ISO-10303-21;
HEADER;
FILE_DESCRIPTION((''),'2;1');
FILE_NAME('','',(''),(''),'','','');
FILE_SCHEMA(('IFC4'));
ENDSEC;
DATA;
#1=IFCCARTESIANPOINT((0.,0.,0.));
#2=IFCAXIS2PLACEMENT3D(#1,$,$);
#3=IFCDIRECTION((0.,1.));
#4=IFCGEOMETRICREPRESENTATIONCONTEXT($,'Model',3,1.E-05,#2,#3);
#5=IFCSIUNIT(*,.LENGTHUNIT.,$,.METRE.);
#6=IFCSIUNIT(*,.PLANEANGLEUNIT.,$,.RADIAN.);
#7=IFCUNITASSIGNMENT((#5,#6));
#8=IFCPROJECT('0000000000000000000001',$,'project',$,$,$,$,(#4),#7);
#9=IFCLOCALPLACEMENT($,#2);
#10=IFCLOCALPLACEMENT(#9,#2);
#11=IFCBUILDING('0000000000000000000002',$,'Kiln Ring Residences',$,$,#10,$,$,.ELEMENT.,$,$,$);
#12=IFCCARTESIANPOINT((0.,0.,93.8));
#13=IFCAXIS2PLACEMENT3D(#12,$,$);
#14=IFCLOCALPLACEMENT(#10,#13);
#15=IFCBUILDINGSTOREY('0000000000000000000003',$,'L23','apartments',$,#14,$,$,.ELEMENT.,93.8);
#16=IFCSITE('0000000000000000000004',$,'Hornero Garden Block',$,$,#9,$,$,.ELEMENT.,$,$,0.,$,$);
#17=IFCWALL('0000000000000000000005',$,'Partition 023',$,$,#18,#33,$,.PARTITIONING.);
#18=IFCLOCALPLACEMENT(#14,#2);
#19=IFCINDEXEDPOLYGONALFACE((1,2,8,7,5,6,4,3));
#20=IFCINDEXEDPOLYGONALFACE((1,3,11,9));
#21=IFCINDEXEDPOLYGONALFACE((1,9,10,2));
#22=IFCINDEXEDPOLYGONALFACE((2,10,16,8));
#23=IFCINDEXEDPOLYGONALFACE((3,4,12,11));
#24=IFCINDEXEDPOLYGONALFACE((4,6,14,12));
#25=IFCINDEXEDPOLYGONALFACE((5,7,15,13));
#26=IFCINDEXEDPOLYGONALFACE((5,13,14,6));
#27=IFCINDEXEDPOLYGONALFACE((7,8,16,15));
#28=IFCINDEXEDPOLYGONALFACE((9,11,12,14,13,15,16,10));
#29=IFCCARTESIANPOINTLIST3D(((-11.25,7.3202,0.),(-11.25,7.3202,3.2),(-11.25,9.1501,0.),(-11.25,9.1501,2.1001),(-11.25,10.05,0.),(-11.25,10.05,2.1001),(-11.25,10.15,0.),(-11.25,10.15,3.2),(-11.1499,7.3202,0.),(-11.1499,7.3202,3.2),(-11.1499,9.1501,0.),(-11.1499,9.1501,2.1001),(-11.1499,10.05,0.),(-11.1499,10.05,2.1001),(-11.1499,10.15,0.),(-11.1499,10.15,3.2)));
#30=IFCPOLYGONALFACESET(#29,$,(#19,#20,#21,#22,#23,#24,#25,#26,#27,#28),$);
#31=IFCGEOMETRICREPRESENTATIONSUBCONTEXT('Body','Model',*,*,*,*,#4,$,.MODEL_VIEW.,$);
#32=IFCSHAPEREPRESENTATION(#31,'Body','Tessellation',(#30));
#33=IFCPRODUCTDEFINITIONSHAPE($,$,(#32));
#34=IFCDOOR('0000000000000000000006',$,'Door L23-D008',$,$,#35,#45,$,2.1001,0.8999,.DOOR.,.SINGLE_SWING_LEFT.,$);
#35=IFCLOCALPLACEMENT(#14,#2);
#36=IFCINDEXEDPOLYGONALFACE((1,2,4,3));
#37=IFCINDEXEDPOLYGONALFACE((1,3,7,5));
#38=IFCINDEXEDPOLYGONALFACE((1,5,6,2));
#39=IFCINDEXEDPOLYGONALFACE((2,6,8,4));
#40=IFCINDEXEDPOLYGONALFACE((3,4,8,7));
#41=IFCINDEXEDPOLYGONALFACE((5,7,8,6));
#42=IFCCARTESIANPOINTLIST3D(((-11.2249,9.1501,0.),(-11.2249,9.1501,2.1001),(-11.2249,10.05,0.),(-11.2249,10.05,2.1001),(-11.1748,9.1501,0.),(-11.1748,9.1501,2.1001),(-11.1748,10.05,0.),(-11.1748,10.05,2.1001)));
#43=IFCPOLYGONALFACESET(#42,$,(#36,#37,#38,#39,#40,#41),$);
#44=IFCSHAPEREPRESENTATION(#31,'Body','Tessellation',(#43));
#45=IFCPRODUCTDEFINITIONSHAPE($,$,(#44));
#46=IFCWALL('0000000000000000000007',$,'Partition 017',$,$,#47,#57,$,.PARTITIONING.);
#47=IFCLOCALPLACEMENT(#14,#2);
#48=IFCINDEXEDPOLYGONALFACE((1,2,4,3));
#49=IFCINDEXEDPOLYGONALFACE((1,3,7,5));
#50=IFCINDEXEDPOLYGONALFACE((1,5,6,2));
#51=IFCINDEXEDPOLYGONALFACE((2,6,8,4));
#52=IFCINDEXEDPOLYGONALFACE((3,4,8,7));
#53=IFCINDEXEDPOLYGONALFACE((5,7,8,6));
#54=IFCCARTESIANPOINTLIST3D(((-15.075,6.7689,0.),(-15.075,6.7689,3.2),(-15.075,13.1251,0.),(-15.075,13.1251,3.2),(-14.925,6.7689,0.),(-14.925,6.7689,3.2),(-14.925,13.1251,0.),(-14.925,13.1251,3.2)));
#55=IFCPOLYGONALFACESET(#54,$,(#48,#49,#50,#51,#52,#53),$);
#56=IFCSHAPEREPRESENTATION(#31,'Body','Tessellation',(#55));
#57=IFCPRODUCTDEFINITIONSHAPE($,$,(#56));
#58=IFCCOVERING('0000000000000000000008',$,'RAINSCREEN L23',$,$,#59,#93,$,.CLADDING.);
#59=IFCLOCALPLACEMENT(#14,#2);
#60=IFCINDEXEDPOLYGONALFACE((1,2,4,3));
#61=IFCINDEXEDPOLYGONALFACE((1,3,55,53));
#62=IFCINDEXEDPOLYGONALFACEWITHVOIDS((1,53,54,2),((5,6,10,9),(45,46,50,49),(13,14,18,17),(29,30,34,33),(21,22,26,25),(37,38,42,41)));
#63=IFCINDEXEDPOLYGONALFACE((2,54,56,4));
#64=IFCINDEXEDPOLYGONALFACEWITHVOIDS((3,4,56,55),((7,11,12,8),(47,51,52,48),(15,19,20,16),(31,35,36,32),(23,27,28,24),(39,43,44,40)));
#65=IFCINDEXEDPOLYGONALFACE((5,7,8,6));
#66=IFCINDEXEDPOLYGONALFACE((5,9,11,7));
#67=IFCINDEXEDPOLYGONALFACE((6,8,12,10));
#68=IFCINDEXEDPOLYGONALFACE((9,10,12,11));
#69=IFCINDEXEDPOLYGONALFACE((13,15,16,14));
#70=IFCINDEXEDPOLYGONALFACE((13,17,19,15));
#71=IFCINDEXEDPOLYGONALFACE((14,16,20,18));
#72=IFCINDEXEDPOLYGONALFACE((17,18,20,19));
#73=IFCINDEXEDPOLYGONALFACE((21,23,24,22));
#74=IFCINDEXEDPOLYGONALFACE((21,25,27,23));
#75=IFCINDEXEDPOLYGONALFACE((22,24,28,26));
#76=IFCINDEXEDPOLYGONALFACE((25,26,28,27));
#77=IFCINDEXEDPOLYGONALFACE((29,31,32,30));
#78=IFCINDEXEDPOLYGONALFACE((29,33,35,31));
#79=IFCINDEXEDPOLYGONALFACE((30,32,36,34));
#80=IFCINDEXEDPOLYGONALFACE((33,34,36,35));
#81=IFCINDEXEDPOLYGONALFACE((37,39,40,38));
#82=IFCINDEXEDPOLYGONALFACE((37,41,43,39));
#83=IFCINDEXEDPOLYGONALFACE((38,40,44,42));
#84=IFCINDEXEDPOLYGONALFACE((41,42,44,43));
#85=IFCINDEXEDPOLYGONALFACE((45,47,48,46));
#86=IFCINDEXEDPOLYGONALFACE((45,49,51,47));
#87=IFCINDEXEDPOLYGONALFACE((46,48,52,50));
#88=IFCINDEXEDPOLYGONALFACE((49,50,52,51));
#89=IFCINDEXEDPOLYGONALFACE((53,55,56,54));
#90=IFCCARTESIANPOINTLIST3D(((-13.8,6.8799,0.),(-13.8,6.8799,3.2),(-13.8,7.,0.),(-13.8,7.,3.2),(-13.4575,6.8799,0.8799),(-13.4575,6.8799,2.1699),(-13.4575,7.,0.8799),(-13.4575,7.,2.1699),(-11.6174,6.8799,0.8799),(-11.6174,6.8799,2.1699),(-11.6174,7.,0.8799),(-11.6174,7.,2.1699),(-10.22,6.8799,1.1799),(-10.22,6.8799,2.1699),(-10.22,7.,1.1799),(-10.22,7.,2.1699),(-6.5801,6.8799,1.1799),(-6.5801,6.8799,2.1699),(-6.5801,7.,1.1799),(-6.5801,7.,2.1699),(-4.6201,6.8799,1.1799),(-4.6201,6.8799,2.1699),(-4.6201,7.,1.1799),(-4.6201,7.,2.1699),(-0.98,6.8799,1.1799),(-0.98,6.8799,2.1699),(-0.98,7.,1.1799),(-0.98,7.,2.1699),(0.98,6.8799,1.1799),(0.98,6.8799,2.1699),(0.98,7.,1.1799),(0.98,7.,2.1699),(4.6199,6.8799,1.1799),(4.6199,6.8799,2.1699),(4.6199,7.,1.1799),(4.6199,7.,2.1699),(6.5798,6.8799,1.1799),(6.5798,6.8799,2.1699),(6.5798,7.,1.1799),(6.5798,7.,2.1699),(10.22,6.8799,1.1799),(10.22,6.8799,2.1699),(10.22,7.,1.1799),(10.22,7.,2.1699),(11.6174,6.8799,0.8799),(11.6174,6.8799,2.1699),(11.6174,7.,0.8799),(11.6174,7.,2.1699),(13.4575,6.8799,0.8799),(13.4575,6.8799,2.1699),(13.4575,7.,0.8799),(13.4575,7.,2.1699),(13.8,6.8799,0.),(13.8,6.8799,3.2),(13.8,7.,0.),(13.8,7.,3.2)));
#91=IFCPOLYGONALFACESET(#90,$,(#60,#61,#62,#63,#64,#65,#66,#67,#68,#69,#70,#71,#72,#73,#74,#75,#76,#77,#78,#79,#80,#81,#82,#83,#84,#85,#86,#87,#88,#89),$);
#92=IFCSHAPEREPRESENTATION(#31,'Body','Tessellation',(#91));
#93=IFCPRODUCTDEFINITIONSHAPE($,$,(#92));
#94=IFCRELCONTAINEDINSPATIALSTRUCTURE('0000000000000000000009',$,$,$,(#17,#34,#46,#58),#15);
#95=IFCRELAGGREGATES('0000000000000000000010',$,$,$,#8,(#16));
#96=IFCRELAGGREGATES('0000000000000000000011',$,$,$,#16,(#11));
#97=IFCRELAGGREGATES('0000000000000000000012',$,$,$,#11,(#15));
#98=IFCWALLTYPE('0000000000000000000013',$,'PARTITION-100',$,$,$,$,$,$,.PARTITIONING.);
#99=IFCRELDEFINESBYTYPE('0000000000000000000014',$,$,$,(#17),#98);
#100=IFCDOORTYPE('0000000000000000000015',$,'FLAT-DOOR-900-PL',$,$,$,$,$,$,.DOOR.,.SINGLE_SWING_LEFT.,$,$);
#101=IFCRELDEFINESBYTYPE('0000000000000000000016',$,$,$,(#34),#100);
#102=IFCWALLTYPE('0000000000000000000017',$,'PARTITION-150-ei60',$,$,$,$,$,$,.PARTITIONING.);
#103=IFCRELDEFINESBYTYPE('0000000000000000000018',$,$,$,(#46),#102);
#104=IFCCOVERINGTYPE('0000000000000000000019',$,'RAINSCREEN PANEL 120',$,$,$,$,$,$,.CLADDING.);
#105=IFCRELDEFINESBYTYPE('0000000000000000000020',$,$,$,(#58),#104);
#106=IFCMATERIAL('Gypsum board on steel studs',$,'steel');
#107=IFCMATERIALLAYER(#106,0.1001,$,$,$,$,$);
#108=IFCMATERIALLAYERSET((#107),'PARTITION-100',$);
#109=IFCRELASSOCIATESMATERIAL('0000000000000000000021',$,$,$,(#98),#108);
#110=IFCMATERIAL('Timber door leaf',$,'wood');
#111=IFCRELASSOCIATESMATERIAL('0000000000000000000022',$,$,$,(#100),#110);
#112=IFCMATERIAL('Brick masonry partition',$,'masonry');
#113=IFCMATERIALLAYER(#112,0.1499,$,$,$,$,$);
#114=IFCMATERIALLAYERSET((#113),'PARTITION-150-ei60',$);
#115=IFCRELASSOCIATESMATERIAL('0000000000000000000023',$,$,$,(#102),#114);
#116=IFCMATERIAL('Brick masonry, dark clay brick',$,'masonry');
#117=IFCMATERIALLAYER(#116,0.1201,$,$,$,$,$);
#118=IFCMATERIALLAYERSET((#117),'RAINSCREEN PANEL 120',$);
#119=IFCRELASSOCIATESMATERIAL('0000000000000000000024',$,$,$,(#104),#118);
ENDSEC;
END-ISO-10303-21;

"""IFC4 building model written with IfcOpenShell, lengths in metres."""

from ifc_helpers import new_model, si_unit, direction, frame, frame_2d, origin, place, context, subcontext, project, spatial, polyline, rectangle, outline, extrude, material, layer, layer_set, type_object, element, fill, save


model = new_model("IFC4")

# Units and contexts
model_context = context("Model", 3, precision=1e-05, world=origin(), true_north=direction((0.0, 1.0)))
body_context = subcontext(model_context, "Body", "Model", "MODEL_VIEW")
ifc_project = project(units=[si_unit("LENGTHUNIT", "METRE"), si_unit("PLANEANGLEUNIT", "RADIAN")], contexts=[model_context])

# Site, building, storey
site_placement = place(None, origin())
site = spatial("IfcSite", under=ifc_project, at=site_placement, Name="Hornero Garden Block", CompositionType="ELEMENT", RefElevation=0.0)
building_placement = place(site_placement, origin())
building = spatial("IfcBuilding", under=site, at=building_placement, Name="Kiln Ring Residences", CompositionType="ELEMENT")
storey_placement = place(building_placement, frame((0.0, 0.0, 93.8)))
storey = spatial("IfcBuildingStorey", under=building, at=storey_placement, Name="L23", Description="apartments", CompositionType="ELEMENT", Elevation=93.8)

# Wall, opening, door
ifc_material_1 = material(Name="Gypsum board on steel studs", Category="steel")
ifc_layer_1 = layer(ifc_material_1, 0.1001)
ifc_layer_set_1 = layer_set([ifc_layer_1], Name="PARTITION-100")
wall_type_1 = type_object("IfcWallType", Name="PARTITION-100", PredefinedType="PARTITIONING", material=ifc_layer_set_1)
wall_1_placement = place(storey_placement, frame((-11.2, 7.3201, 0.0), z_axis=(0.0, 0.0, 1.0), x_axis=(0.0, 1.0, 0.0)))
wall_1 = element("IfcWall", 1, at=wall_1_placement, inside=storey, type_object=wall_type_1, Name="Partition 023", PredefinedType="PARTITIONING", context=body_context, shape_type="SweptSolid", body=[
    extrude(rectangle(XDim=2.8298, YDim=0.1001, at=frame_2d((1.415, 0.0))), origin(), (0.0, 0.0, 1.0), 3.2),
])
opening_1_placement = place(wall_1_placement, frame((1.8301, 0.0, 0.0)))
opening_1 = element("IfcOpeningElement", 2, at=opening_1_placement, cuts=wall_1, PredefinedType="OPENING", context=body_context, shape_type="SweptSolid", body=[
    extrude(rectangle(XDim=0.8999, YDim=2.1001, at=frame_2d((0.45, 1.05))), frame((0.0, 0.0601, 0.0), z_axis=(0.0, -1.0, 0.0), x_axis=(1.0, 0.0, 0.0)), (0.0, 0.0, 1.0), 0.1201),
])
ifc_material_2 = material(Name="Timber door leaf", Category="wood")
door_type = type_object("IfcDoorType", Name="FLAT-DOOR-900-PL", OperationType="SINGLE_SWING_LEFT", PredefinedType="DOOR", material=ifc_material_2)
door_placement = place(opening_1_placement, origin())
door = element("IfcDoor", 3, at=door_placement, inside=storey, type_object=door_type, Name="Door L23-D008", OperationType="SINGLE_SWING_LEFT", OverallHeight=2.1001, OverallWidth=0.8999, PredefinedType="DOOR", context=body_context, shape_type="SweptSolid", body=[
    extrude(rectangle(XDim=0.8999, YDim=2.1001, at=frame_2d((0.45, 1.05))), frame((0.0, 0.0249, 0.0), z_axis=(0.0, -1.0, 0.0), x_axis=(1.0, 0.0, 0.0)), (0.0, 0.0, 1.0), 0.05),
])
fill(opening_1, door)

# Wall
ifc_material_3 = material(Name="Brick masonry partition", Category="masonry")
ifc_layer_2 = layer(ifc_material_3, 0.1499)
ifc_layer_set_2 = layer_set([ifc_layer_2], Name="PARTITION-150-ei60")
wall_type_2 = type_object("IfcWallType", Name="PARTITION-150-ei60", PredefinedType="PARTITIONING", material=ifc_layer_set_2)
wall_2_placement = place(storey_placement, frame((-15.0, 6.7688, 0.0), z_axis=(0.0, 0.0, 1.0), x_axis=(0.0, 1.0, 0.0)))
element("IfcWall", 4, at=wall_2_placement, inside=storey, type_object=wall_type_2, Name="Partition 017", PredefinedType="PARTITIONING", context=body_context, shape_type="SweptSolid", body=[
    extrude(rectangle(XDim=6.3562, YDim=0.1499, at=frame_2d((3.1782, 0.0))), origin(), (0.0, 0.0, 1.0), 3.2),
])

# Covering
ifc_material_4 = material(Name="Brick masonry, dark clay brick", Category="masonry")
ifc_layer_3 = layer(ifc_material_4, 0.1201)
ifc_layer_set_3 = layer_set([ifc_layer_3], Name="RAINSCREEN PANEL 120")
covering_type = type_object("IfcCoveringType", Name="RAINSCREEN PANEL 120", PredefinedType="CLADDING", material=ifc_layer_set_3)
covering_placement = place(storey_placement, frame((-13.8, 6.9399, 0.0), z_axis=(0.0, 0.0, 1.0), x_axis=(1.0, 0.0, 0.0)))
element("IfcCovering", 5, at=covering_placement, inside=storey, type_object=covering_type, Name="RAINSCREEN L23", PredefinedType="CLADDING", context=body_context, shape_type="SweptSolid", body=[
    extrude(outline(polyline([(0.0, 0.0), (27.6001, 0.0), (27.6001, 3.2), (0.0, 3.2), (0.0, 0.0)]), holes=[polyline([(2.1826, 0.8799), (2.1826, 2.1699), (0.3425, 2.1699), (0.3425, 0.8799), (2.1826, 0.8799)]), polyline([(25.4175, 0.8799), (27.2576, 0.8799), (27.2576, 2.1699), (25.4175, 2.1699), (25.4175, 0.8799)]), polyline([(3.5801, 1.1799), (7.22, 1.1799), (7.22, 2.1699), (3.5801, 2.1699), (3.5801, 1.1799)]), polyline([(12.8201, 1.1799), (12.8201, 2.1699), (9.1799, 2.1699), (9.1799, 1.1799), (12.8201, 1.1799)]), polyline([(14.78, 1.1799), (18.4199, 1.1799), (18.4199, 2.1699), (14.78, 2.1699), (14.78, 1.1799)]), polyline([(20.3799, 1.1799), (24.02, 1.1799), (24.02, 2.1699), (20.3799, 2.1699), (20.3799, 1.1799)])]), frame((0.0, 0.0601, 0.0), z_axis=(0.0, -1.0, 0.0), x_axis=(1.0, 0.0, 0.0)), (0.0, 0.0, 1.0), 0.1201),
])

save(model, "model.ifc")
